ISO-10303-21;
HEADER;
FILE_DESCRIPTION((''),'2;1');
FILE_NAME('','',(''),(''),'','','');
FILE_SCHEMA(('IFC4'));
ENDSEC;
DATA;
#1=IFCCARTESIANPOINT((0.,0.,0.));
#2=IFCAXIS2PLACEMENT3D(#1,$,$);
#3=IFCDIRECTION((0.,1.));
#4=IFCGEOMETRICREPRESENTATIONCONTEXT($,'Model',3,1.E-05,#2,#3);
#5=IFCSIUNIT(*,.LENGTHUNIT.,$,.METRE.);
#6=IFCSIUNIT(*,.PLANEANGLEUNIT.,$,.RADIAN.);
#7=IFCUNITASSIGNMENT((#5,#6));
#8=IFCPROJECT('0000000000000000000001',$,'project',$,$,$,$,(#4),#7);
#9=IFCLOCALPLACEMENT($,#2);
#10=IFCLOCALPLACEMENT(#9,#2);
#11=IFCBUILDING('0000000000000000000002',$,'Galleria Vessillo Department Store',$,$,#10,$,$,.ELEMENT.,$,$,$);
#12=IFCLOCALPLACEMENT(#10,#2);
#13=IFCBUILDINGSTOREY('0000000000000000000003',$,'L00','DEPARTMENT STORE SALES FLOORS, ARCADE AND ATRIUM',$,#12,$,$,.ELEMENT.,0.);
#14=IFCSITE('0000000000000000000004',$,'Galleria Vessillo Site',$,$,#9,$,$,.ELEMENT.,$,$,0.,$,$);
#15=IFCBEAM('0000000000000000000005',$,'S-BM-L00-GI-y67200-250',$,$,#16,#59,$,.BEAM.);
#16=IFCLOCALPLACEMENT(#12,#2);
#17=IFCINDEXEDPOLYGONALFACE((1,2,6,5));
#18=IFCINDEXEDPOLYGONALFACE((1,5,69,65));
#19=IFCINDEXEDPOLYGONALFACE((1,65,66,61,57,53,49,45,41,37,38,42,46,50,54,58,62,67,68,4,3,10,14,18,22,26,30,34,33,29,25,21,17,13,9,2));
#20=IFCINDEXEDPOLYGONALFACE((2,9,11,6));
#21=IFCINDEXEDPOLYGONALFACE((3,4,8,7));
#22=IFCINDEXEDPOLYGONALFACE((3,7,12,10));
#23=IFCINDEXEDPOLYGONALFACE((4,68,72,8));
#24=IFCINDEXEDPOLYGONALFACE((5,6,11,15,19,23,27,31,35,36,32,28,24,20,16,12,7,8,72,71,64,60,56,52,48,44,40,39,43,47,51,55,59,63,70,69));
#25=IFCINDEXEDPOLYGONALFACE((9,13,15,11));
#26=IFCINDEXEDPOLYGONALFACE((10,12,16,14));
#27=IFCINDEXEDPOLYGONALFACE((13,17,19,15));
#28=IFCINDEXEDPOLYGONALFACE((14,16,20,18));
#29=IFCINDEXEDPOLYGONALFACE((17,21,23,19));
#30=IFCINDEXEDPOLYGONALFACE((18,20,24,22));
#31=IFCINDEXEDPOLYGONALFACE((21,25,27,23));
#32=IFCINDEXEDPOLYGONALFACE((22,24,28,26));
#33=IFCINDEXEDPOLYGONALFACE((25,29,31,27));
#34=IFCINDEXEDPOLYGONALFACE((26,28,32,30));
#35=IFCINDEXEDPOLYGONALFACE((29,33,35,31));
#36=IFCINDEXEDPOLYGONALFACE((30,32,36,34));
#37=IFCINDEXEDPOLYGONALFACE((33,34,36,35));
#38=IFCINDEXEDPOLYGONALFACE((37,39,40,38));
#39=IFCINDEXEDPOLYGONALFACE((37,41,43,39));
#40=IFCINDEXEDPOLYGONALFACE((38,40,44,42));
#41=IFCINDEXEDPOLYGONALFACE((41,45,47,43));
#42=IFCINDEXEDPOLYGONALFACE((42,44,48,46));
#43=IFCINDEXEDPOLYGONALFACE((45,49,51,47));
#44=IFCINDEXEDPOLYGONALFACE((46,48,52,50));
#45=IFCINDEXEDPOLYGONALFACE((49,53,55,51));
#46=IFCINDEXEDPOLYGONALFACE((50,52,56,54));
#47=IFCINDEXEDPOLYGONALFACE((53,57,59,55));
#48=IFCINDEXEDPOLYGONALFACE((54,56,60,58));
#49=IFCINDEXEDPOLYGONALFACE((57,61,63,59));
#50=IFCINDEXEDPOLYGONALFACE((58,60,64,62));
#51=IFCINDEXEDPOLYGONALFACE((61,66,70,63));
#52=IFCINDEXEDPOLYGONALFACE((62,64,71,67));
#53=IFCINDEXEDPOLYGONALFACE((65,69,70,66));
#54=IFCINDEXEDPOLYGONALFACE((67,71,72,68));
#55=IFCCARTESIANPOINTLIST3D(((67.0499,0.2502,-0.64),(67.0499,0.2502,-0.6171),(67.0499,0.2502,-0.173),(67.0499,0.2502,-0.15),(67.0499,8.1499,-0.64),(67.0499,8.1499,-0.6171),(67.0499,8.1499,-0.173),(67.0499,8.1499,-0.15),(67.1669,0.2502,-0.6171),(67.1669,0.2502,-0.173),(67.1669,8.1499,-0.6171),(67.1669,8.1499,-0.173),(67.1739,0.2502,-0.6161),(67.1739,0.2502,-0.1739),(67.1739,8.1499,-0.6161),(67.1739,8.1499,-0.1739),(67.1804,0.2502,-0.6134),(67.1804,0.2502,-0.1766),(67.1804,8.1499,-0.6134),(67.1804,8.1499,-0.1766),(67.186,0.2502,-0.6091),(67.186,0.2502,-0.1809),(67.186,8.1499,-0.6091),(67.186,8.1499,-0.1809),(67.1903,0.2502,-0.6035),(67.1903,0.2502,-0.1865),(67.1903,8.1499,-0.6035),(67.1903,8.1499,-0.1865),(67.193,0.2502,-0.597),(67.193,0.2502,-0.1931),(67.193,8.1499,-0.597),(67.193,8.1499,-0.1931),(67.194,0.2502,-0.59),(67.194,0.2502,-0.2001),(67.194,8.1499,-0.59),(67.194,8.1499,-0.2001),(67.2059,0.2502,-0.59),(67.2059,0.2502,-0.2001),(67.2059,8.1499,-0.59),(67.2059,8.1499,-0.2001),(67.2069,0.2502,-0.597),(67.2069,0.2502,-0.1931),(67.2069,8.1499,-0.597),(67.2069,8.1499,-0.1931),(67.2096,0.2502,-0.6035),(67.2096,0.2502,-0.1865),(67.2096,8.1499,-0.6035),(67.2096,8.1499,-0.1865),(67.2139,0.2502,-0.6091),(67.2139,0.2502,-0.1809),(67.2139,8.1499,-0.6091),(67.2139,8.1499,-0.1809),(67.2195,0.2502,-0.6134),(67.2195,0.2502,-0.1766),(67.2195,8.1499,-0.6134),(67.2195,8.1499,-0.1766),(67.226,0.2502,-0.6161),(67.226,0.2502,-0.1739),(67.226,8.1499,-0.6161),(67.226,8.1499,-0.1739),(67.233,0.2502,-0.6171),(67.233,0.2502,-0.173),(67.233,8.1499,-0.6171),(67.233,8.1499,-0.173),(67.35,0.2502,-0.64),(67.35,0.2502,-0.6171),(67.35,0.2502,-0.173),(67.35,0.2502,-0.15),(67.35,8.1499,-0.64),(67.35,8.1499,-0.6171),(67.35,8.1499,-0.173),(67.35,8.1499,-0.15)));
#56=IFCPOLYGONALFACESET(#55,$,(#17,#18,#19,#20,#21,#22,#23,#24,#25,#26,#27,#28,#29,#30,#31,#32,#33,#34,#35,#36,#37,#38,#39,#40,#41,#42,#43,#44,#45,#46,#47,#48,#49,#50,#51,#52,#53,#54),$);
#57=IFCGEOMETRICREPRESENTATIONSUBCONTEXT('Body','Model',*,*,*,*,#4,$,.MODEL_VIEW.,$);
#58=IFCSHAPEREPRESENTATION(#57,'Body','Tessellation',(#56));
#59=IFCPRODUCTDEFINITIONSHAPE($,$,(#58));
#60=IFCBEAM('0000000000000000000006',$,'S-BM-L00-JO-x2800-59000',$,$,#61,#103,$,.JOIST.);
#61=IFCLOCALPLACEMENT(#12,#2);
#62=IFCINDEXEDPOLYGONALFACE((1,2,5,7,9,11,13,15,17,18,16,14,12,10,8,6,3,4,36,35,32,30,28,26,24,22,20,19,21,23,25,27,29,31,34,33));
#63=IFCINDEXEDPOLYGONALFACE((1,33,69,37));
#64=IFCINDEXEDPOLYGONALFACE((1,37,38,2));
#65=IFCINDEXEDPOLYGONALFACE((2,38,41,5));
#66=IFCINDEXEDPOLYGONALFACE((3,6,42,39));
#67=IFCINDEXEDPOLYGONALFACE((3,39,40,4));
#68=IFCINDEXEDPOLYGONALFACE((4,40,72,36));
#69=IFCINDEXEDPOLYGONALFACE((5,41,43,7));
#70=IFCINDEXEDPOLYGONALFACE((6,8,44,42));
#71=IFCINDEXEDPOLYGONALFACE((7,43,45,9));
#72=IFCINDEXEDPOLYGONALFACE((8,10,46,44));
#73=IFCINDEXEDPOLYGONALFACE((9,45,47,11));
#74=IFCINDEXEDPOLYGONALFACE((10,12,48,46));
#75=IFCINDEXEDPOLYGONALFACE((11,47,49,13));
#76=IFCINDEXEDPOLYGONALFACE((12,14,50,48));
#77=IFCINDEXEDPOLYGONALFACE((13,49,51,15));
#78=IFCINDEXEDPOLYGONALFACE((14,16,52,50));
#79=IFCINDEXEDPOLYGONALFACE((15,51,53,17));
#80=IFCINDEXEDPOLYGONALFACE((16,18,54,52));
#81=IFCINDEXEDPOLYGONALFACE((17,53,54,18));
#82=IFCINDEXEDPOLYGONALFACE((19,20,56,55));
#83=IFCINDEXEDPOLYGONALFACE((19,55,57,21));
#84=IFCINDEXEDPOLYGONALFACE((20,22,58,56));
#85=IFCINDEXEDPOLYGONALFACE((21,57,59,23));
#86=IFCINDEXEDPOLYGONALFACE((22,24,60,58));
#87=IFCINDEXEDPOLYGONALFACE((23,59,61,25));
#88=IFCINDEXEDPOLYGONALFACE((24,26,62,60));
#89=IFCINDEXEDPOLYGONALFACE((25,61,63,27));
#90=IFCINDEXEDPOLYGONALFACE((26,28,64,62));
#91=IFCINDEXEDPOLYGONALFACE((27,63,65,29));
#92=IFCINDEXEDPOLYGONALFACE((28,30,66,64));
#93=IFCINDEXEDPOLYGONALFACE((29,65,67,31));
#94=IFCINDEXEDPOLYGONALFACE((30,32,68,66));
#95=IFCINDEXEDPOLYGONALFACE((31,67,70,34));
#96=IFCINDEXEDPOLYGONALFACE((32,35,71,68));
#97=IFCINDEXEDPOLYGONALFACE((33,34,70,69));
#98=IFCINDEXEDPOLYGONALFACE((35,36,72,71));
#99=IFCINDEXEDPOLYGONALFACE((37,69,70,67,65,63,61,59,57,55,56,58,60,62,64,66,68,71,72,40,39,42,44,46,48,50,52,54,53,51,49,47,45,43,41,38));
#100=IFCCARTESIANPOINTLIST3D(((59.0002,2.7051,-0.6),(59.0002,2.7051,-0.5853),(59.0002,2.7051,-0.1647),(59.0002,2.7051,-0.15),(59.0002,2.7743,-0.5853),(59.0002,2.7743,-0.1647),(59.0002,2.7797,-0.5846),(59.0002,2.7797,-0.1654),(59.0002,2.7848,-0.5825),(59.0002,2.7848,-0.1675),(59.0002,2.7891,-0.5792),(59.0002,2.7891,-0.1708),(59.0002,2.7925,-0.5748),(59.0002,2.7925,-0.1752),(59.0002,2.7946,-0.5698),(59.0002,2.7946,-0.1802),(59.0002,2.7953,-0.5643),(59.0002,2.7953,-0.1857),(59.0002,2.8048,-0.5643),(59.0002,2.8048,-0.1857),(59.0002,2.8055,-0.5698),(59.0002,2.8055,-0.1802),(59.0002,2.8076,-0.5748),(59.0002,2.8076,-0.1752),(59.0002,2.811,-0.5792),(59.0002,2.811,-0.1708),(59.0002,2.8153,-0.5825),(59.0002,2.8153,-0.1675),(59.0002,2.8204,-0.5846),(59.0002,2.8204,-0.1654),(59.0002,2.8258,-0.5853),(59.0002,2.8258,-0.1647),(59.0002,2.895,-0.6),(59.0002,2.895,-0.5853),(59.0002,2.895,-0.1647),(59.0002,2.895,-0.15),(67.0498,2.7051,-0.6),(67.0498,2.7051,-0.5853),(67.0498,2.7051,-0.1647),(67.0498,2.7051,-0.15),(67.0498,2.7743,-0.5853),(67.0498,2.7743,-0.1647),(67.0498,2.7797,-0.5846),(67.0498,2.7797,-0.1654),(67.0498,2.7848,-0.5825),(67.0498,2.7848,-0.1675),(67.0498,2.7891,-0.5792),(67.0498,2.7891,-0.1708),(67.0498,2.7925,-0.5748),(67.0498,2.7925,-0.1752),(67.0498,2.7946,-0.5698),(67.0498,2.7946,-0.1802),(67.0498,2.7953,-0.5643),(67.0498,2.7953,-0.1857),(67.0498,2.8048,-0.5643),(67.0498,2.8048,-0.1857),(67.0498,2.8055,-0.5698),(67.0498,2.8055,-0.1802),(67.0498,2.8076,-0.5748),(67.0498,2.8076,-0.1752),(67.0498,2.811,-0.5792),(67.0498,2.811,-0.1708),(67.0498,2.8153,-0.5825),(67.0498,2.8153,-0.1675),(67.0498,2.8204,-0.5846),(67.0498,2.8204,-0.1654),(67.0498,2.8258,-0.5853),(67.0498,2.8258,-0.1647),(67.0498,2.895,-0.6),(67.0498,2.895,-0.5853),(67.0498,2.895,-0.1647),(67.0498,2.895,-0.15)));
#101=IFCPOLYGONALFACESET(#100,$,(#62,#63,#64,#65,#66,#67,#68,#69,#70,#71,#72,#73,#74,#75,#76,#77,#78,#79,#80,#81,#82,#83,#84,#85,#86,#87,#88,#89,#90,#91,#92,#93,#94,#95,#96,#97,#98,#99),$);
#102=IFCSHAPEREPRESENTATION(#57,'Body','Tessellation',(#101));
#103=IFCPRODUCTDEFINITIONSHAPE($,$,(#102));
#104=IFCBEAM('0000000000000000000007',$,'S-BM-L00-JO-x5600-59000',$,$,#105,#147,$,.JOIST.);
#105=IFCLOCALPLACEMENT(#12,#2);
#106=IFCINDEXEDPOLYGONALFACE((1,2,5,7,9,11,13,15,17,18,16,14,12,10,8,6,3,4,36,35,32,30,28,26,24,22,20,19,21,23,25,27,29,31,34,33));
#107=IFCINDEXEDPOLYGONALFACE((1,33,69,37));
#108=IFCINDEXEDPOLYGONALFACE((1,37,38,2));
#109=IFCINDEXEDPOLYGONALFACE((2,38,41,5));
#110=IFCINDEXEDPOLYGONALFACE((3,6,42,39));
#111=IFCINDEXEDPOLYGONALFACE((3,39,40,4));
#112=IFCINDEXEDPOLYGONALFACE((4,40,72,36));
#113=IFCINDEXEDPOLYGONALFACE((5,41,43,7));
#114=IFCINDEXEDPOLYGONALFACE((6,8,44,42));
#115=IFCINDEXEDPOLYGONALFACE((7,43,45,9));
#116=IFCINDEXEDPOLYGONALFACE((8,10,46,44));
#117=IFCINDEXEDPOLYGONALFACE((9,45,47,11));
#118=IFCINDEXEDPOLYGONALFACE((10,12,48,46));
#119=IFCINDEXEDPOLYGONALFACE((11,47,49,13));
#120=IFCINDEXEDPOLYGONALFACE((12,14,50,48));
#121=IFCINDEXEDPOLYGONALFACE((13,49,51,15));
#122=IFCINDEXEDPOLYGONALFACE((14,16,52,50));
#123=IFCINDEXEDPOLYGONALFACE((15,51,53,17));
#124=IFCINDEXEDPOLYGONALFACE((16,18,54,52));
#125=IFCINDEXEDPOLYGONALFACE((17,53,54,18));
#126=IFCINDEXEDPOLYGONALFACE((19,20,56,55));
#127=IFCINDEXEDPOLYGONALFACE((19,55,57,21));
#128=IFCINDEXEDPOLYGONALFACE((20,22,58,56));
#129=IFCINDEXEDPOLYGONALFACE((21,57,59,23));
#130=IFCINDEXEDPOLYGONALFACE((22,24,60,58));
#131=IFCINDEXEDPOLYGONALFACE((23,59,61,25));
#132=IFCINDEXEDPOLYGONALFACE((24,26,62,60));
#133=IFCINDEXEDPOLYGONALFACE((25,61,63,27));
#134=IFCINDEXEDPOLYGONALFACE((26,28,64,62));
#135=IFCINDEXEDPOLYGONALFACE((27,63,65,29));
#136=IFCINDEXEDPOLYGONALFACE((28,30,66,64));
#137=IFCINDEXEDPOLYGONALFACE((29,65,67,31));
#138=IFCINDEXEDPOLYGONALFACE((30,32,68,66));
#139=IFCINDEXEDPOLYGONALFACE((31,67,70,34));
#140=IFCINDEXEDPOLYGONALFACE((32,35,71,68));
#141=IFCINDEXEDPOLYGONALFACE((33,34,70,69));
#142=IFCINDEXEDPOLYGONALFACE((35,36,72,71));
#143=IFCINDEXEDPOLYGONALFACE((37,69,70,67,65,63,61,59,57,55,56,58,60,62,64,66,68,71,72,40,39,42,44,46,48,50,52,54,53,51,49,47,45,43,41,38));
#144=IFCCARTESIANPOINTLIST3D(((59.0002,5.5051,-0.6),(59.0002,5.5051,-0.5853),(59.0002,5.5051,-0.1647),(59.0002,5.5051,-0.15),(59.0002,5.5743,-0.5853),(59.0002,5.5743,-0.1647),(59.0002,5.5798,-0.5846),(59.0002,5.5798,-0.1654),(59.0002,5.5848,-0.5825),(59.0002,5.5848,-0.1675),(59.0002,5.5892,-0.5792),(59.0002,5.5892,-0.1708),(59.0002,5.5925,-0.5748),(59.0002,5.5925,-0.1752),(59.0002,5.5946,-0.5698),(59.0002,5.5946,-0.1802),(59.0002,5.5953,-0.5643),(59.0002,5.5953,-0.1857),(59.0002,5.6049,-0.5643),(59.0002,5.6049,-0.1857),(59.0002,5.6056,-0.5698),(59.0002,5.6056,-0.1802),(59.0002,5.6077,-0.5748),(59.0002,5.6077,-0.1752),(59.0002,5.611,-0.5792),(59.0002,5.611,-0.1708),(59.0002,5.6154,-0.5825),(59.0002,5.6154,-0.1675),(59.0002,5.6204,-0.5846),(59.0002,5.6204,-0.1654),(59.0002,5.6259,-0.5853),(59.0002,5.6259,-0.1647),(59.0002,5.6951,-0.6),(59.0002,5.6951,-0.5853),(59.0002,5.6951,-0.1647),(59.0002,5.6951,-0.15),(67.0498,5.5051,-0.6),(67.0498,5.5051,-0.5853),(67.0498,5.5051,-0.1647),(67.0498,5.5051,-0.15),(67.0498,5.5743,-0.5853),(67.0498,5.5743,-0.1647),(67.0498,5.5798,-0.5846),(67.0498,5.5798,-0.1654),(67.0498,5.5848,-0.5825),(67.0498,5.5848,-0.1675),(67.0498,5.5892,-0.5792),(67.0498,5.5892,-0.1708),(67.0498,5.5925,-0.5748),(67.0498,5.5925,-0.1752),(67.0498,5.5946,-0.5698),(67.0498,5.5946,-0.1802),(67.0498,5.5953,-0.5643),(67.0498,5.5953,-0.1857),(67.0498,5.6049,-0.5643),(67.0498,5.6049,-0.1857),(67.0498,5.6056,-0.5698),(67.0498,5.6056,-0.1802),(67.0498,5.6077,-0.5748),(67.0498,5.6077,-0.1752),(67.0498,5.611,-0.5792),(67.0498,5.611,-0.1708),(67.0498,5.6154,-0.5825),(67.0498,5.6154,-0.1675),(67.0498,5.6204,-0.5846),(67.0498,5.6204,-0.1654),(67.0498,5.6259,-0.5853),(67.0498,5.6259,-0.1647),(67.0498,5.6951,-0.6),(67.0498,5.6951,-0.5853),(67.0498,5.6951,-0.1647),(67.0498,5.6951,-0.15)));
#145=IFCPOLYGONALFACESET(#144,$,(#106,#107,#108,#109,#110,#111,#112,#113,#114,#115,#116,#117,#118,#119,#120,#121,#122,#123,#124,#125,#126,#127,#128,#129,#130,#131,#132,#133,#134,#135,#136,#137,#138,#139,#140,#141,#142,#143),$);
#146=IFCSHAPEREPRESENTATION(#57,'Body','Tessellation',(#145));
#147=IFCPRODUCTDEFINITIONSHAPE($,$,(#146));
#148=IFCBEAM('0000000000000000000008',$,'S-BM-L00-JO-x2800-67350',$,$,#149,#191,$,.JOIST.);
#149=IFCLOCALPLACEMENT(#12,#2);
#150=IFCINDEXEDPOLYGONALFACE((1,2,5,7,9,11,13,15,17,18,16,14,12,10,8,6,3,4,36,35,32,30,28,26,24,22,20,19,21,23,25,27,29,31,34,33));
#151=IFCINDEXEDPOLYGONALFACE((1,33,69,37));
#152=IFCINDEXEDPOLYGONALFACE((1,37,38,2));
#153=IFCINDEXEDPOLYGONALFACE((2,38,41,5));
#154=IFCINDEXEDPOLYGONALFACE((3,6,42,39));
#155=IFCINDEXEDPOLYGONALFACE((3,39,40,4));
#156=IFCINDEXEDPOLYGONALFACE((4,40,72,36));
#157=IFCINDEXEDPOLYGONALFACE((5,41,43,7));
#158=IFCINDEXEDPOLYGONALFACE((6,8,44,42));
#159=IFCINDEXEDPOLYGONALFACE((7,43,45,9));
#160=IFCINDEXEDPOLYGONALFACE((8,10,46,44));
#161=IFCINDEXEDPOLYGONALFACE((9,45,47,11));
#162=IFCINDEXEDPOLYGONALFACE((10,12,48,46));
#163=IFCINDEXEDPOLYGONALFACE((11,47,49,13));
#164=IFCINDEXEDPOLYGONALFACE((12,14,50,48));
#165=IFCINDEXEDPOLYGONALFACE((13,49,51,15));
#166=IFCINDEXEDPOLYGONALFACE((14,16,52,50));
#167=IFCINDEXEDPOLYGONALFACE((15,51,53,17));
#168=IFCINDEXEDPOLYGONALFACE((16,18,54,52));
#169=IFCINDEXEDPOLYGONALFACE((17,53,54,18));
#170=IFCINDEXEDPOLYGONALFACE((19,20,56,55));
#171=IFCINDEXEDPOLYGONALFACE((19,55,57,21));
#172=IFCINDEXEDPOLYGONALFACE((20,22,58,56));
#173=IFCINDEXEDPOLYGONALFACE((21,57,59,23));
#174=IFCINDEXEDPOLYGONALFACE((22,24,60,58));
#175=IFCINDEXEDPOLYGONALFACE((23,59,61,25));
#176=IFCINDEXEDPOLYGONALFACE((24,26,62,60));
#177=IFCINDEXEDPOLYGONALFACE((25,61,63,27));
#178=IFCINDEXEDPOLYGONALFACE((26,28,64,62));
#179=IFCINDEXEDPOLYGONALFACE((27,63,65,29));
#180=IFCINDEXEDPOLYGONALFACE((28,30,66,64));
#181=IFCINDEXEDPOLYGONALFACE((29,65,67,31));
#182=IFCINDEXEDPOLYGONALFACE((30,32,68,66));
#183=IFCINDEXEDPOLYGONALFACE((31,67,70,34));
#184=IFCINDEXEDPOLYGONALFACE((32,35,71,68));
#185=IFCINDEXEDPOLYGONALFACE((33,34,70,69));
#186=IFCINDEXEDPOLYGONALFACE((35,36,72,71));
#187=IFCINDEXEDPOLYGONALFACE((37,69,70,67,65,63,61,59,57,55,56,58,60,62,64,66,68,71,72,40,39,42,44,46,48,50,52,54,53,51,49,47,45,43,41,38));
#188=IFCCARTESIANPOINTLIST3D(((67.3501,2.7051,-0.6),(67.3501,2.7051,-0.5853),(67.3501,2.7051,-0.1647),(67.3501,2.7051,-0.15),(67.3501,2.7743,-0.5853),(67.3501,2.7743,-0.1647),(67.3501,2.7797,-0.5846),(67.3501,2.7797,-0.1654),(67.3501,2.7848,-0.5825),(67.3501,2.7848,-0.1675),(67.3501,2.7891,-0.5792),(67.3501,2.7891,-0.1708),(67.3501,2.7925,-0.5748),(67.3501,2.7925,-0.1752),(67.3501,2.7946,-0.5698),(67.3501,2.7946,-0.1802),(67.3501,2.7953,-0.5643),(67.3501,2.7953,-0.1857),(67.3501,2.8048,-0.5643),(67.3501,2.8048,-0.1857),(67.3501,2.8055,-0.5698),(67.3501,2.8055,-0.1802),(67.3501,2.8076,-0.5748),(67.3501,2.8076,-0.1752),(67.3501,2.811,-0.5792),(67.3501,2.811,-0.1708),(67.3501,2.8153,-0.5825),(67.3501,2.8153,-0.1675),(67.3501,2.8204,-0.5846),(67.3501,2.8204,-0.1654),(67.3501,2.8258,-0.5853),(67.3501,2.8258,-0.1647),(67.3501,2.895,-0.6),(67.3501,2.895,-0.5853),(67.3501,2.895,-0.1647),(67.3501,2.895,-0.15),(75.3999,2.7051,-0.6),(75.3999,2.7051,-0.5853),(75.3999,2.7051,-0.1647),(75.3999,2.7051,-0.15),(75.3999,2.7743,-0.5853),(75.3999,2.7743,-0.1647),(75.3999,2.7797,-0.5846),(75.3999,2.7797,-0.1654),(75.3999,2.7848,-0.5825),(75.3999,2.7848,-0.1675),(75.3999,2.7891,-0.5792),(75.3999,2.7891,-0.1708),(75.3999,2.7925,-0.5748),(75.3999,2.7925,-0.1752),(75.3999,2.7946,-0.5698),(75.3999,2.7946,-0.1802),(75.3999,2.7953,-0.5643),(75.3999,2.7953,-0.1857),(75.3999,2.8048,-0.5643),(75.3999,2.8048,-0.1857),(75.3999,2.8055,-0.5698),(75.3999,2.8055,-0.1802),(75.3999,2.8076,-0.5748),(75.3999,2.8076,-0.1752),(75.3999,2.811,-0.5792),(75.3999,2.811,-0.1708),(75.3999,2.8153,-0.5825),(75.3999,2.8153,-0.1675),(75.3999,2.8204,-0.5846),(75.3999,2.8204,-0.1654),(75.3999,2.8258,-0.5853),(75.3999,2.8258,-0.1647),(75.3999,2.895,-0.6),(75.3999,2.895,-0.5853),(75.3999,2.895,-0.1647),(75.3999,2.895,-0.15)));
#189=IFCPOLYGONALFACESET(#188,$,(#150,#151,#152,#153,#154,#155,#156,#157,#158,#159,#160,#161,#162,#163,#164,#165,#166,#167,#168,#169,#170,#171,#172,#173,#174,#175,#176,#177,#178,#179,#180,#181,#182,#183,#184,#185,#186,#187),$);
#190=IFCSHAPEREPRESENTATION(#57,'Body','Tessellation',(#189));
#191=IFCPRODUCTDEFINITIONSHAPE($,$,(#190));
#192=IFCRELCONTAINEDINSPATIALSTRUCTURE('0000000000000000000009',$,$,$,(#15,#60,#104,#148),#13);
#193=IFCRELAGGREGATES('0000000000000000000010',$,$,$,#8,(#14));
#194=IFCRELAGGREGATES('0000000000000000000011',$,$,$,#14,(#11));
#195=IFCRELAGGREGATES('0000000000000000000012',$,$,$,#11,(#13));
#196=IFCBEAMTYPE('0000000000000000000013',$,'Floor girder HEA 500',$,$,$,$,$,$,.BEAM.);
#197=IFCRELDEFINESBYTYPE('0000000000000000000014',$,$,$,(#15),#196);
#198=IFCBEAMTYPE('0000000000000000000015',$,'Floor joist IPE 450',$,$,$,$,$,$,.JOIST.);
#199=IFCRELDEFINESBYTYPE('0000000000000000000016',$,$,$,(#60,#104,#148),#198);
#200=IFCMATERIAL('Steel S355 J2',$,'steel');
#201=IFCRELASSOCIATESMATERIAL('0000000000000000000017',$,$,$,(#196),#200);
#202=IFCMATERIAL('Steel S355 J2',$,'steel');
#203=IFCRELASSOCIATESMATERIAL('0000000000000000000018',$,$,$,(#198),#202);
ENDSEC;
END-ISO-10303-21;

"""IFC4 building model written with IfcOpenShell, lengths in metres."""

from ifc_helpers import new_model, si_unit, direction, frame, origin, origin_2d, place, context, subcontext, project, spatial, i_section, extrude, material, material_profile, profile_set, type_object, element, save


model = new_model("IFC4")

# Units and contexts
model_context = context("Model", 3, precision=1e-05, world=origin(), true_north=direction((0.0, 1.0)))
body_context = subcontext(model_context, "Body", "Model", "MODEL_VIEW")
ifc_project = project(units=[si_unit("LENGTHUNIT", "METRE"), si_unit("PLANEANGLEUNIT", "RADIAN")], contexts=[model_context])

# Site, building, storey
site_placement = place(None, origin())
site = spatial("IfcSite", under=ifc_project, at=site_placement, Name="Galleria Vessillo Site", CompositionType="ELEMENT", RefElevation=0.0)
building_placement = place(site_placement, origin())
building = spatial("IfcBuilding", under=site, at=building_placement, Name="Galleria Vessillo Department Store", CompositionType="ELEMENT")
storey_placement = place(building_placement, origin())
storey = spatial("IfcBuildingStorey", under=building, at=storey_placement, Name="L00", Description="DEPARTMENT STORE SALES FLOORS, ARCADE AND ATRIUM", CompositionType="ELEMENT", Elevation=0.0)

# Beams
ifc_material_1 = material(Name="Steel S355 J2", Category="steel")
ifc_material_profile_1 = material_profile(ifc_material_1, i_section(OverallWidth=0.3, OverallDepth=0.49, WebThickness=0.012, FlangeThickness=0.0229, FilletRadius=0.0271, at=origin_2d()), Name="HEA 500")
ifc_profile_set_1 = profile_set([ifc_material_profile_1], Name="Steel S355 J2")
beam_type_1 = type_object("IfcBeamType", Name="Floor girder HEA 500", PredefinedType="BEAM", material=ifc_profile_set_1)
beam_1_placement = place(storey_placement, frame((67.2, 0.2502, -0.395), z_axis=(0.0, 1.0, 0.0), x_axis=(-1.0, 0.0, 0.0)))
element("IfcBeam", 1, at=beam_1_placement, inside=storey, type_object=beam_type_1, Name="S-BM-L00-GI-y67200-250", PredefinedType="BEAM", context=body_context, shape_type="SweptSolid", body=[
    extrude(i_section(OverallWidth=0.3, OverallDepth=0.49, WebThickness=0.012, FlangeThickness=0.0229, FilletRadius=0.0271, at=origin_2d()), origin(), (0.0, 0.0, 1.0), 7.8997),
])
ifc_material_2 = material(Name="Steel S355 J2", Category="steel")
ifc_material_profile_2 = material_profile(ifc_material_2, i_section(OverallWidth=0.1899, OverallDepth=0.45, WebThickness=0.0095, FlangeThickness=0.0146, FilletRadius=0.021, at=origin_2d()), Name="IPE 450")
ifc_profile_set_2 = profile_set([ifc_material_profile_2], Name="Steel S355 J2")
beam_type_2 = type_object("IfcBeamType", Name="Floor joist IPE 450", PredefinedType="JOIST", material=ifc_profile_set_2)
for number, where, z_axis, x_axis, name in (
    (2, (59.0002, 2.8, -0.375), (1.0, 0.0, 0.0), (0.0, 1.0, 0.0), "S-BM-L00-JO-x2800-59000"),
    (3, (59.0002, 5.6001, -0.375), (1.0, 0.0, 0.0), (0.0, 1.0, 0.0), "S-BM-L00-JO-x5600-59000"),
):
    element("IfcBeam", number, at=place(storey_placement, frame(where, z_axis=z_axis, x_axis=x_axis)), inside=storey, type_object=beam_type_2, Name=name, PredefinedType="JOIST", context=body_context, shape_type="SweptSolid", body=[
        extrude(i_section(OverallWidth=0.1899, OverallDepth=0.45, WebThickness=0.0095, FlangeThickness=0.0146, FilletRadius=0.021, at=origin_2d()), origin(), (0.0, 0.0, 1.0), 8.0496),
    ])
beam_2_placement = place(storey_placement, frame((67.3501, 2.8, -0.375), z_axis=(1.0, 0.0, 0.0), x_axis=(0.0, 1.0, 0.0)))
element("IfcBeam", 4, at=beam_2_placement, inside=storey, type_object=beam_type_2, Name="S-BM-L00-JO-x2800-67350", PredefinedType="JOIST", context=body_context, shape_type="SweptSolid", body=[
    extrude(i_section(OverallWidth=0.1899, OverallDepth=0.45, WebThickness=0.0095, FlangeThickness=0.0146, FilletRadius=0.021, at=origin_2d()), origin(), (0.0, 0.0, 1.0), 8.0498),
])

save(model, "model.ifc")
